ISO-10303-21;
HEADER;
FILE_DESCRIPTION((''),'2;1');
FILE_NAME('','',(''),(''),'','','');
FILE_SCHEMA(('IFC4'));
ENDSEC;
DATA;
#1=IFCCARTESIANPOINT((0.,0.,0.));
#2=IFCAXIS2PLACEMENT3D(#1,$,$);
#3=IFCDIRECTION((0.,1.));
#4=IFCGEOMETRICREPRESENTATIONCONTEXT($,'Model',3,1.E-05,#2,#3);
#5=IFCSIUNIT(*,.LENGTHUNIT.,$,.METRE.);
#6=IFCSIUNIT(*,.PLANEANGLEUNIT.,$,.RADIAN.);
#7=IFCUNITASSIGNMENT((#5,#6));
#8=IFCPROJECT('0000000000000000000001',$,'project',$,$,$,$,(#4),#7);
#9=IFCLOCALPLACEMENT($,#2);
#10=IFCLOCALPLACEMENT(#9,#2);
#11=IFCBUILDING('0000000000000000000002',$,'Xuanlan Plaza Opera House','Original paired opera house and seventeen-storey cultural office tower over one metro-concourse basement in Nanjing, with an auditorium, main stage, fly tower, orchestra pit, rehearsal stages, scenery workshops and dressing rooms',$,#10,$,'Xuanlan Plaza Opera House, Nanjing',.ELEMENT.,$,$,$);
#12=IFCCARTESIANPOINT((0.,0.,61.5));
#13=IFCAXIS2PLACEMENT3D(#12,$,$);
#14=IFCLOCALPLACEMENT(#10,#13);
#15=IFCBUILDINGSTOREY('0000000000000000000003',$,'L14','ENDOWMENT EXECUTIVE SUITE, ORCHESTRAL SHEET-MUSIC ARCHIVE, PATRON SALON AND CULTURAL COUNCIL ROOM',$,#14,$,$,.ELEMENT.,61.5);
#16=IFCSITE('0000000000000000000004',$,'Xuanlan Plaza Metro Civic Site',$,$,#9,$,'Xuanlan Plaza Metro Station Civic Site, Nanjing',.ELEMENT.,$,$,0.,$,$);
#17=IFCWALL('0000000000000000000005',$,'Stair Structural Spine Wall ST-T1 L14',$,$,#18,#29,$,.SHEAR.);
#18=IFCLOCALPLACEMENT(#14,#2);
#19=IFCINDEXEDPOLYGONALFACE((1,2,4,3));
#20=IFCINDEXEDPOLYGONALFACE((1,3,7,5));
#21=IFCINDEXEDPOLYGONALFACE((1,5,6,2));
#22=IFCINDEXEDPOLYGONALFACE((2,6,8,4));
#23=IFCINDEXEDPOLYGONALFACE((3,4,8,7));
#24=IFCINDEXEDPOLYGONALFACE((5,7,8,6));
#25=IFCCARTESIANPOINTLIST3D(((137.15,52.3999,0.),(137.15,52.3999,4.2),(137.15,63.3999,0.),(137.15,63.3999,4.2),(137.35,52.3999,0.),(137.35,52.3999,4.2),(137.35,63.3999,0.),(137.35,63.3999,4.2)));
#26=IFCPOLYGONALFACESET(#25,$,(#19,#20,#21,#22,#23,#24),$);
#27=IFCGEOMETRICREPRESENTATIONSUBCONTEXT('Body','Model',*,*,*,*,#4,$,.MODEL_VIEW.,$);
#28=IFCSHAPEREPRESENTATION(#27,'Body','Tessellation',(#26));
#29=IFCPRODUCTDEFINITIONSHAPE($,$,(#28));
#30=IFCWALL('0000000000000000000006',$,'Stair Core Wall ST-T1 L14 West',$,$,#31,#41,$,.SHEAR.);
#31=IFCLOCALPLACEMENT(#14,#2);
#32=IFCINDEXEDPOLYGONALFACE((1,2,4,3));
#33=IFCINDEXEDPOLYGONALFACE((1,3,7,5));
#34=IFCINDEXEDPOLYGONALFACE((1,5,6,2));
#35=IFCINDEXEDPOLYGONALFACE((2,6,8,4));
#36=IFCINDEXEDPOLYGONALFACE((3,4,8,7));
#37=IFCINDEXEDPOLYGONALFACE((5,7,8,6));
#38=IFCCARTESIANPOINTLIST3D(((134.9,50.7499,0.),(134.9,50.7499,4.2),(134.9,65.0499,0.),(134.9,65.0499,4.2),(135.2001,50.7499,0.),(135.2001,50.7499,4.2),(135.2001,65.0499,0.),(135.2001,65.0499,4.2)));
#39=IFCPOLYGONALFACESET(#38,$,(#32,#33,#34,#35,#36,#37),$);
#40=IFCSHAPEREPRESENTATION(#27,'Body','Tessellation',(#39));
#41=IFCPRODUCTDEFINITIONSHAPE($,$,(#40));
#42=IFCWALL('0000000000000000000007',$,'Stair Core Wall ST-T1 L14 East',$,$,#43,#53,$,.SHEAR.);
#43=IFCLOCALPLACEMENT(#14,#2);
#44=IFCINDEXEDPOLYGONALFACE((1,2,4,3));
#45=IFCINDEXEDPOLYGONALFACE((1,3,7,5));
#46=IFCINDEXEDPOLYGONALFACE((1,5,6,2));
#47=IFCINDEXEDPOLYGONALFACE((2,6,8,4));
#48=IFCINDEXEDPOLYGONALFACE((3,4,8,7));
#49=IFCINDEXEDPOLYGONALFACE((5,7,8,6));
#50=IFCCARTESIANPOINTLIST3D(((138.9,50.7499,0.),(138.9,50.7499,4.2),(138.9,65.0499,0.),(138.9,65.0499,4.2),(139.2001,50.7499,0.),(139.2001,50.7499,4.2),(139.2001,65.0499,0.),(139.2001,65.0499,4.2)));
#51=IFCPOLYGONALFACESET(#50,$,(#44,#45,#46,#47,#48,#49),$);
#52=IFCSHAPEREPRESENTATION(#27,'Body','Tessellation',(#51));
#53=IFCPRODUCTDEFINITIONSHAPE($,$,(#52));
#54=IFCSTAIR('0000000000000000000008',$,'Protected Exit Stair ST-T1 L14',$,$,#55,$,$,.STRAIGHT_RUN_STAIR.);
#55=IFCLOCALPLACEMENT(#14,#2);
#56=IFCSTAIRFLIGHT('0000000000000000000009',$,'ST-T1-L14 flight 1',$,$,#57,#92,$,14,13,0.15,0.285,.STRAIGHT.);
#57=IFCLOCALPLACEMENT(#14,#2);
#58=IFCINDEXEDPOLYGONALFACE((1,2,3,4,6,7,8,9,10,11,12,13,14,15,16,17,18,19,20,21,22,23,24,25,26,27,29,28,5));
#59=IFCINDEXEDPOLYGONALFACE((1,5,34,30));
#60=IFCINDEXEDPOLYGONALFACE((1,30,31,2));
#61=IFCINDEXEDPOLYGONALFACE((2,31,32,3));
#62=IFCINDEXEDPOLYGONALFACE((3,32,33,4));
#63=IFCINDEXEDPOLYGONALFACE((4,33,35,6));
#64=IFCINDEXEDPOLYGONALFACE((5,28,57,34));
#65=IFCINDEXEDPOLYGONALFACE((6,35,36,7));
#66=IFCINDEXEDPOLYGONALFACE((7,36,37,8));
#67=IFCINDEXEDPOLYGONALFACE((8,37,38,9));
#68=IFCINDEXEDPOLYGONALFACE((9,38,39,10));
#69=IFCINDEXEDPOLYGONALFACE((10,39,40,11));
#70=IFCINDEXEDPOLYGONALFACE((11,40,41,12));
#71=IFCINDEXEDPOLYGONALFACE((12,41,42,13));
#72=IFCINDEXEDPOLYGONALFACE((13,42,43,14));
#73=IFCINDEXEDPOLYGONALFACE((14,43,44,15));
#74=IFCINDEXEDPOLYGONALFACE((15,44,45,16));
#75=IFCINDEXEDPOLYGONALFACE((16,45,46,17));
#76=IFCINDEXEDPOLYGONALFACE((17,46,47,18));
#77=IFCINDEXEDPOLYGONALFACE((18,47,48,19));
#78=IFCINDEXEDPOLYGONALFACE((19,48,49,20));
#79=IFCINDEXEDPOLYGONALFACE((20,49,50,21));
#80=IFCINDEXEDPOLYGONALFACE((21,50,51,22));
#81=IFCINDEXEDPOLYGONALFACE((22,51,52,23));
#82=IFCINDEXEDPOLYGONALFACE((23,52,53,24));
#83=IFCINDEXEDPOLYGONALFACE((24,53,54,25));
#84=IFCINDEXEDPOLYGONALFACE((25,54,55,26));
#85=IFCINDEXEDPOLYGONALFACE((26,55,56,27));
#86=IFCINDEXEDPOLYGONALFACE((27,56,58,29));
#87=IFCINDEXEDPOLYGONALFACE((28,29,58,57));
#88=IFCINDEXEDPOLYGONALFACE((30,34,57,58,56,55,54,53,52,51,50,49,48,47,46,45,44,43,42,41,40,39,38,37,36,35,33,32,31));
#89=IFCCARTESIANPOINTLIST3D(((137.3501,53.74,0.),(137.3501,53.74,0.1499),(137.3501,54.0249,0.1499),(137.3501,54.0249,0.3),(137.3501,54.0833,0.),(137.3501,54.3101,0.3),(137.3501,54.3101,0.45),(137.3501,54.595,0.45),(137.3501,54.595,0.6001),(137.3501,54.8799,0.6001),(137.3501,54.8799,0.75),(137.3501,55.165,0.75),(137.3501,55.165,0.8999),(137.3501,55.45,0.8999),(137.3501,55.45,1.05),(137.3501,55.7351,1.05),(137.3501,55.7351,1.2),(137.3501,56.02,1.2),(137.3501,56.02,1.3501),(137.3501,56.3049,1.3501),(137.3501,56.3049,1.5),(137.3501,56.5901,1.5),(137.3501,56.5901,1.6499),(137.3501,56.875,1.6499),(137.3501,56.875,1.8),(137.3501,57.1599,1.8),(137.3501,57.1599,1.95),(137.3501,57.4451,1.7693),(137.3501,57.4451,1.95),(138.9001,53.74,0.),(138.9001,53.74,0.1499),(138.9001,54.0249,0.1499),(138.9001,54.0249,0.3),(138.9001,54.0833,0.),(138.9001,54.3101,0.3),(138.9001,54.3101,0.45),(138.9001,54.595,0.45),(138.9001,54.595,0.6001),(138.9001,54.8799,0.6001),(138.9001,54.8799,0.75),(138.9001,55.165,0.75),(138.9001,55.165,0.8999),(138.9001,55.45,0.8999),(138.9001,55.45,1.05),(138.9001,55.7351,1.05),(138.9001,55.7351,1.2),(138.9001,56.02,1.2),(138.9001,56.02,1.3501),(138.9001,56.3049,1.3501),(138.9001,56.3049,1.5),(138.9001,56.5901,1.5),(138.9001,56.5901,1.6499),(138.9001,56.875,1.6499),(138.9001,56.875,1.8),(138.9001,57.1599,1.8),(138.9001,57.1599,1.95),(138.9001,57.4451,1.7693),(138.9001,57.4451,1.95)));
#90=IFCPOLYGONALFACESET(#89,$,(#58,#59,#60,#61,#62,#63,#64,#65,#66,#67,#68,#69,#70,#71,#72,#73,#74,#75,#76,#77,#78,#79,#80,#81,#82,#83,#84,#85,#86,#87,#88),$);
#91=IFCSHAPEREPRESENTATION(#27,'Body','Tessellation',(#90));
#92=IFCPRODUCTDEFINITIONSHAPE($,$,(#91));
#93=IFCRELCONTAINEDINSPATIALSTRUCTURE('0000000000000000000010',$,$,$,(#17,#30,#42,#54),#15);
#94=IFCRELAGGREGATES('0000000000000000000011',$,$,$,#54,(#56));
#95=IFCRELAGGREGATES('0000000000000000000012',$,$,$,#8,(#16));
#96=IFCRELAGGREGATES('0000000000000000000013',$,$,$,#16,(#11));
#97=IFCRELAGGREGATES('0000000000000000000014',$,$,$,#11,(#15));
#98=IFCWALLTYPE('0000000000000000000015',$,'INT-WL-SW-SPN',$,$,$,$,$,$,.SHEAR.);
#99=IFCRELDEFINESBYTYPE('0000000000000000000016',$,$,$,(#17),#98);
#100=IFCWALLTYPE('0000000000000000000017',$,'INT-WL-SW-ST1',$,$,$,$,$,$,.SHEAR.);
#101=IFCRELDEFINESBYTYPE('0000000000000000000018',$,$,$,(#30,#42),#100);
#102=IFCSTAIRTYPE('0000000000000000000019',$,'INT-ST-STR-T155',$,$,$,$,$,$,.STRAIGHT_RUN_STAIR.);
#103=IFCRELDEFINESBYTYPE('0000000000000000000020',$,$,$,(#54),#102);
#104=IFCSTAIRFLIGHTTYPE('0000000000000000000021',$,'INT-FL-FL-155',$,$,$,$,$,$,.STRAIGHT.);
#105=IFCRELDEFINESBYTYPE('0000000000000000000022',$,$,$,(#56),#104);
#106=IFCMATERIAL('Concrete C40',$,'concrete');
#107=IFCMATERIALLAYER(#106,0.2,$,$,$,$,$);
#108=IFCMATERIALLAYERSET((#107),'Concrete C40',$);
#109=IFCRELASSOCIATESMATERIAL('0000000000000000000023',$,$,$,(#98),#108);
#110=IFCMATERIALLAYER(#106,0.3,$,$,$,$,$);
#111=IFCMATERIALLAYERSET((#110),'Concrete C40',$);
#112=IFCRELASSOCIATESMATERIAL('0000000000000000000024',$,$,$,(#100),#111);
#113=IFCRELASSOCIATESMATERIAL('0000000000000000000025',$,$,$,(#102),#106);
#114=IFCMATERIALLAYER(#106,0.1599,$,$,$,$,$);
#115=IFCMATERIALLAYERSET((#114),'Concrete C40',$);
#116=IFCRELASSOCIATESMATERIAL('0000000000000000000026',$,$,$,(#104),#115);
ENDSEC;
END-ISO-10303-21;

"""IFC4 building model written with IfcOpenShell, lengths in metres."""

from ifc_helpers import new_model, si_unit, direction, frame, frame_2d, origin, place, context, subcontext, project, spatial, polyline, rectangle, outline, extrude, material, layer, layer_set, type_object, element, aggregate, save


model = new_model("IFC4")

# Units and contexts
model_context = context("Model", 3, precision=1e-05, world=origin(), true_north=direction((0.0, 1.0)))
body_context = subcontext(model_context, "Body", "Model", "MODEL_VIEW")
ifc_project = project(units=[si_unit("LENGTHUNIT", "METRE"), si_unit("PLANEANGLEUNIT", "RADIAN")], contexts=[model_context])

# Site, building, storey
site_placement = place(None, origin())
site = spatial("IfcSite", under=ifc_project, at=site_placement, Name="Xuanlan Plaza Metro Civic Site", LongName="Xuanlan Plaza Metro Station Civic Site, Nanjing", CompositionType="ELEMENT", RefElevation=0.0)
building_placement = place(site_placement, origin())
building = spatial("IfcBuilding", under=site, at=building_placement, Name="Xuanlan Plaza Opera House", Description="Original paired opera house and seventeen-storey cultural office tower over one metro-concourse basement in Nanjing, with an auditorium, main stage, fly tower, orchestra pit, rehearsal stages, scenery workshops and dressing rooms", LongName="Xuanlan Plaza Opera House, Nanjing", CompositionType="ELEMENT")
storey_placement = place(building_placement, frame((0.0, 0.0, 61.5)))
storey = spatial("IfcBuildingStorey", under=building, at=storey_placement, Name="L14", Description="ENDOWMENT EXECUTIVE SUITE, ORCHESTRAL SHEET-MUSIC ARCHIVE, PATRON SALON AND CULTURAL COUNCIL ROOM", CompositionType="ELEMENT", Elevation=61.5)

# Shared definitions
ifc_material_1 = material(Name="Concrete C40", Category="concrete")

# Wall
ifc_layer_1 = layer(ifc_material_1, 0.2)
ifc_layer_set_1 = layer_set([ifc_layer_1], Name="Concrete C40")
wall_type_1 = type_object("IfcWallType", Name="INT-WL-SW-SPN", PredefinedType="SHEAR", material=ifc_layer_set_1)
wall_1_placement = place(storey_placement, frame((137.25, 52.3999, 0.0), z_axis=(0.0, 0.0, 1.0), x_axis=(0.0, 1.0, 0.0)))
element("IfcWall", 1, at=wall_1_placement, inside=storey, type_object=wall_type_1, Name="Stair Structural Spine Wall ST-T1 L14", PredefinedType="SHEAR", context=body_context, shape_type="SweptSolid", body=[
    extrude(rectangle(XDim=11.0, YDim=0.2, at=frame_2d((5.5, 0.0))), origin(), (0.0, 0.0, 1.0), 4.2),
])

# Shared definitions
ifc_layer_2 = layer(ifc_material_1, 0.3)
ifc_layer_set_2 = layer_set([ifc_layer_2], Name="Concrete C40")
wall_type_2 = type_object("IfcWallType", Name="INT-WL-SW-ST1", PredefinedType="SHEAR", material=ifc_layer_set_2)

# Walls
for number, where, z_axis, x_axis, name in (
    (2, (135.05, 50.75, 0.0), (0.0, 0.0, 1.0), (0.0, 1.0, 0.0), "Stair Core Wall ST-T1 L14 West"),
    (3, (139.05, 50.75, 0.0), (0.0, 0.0, 1.0), (0.0, 1.0, 0.0), "Stair Core Wall ST-T1 L14 East"),
):
    element("IfcWall", number, at=place(storey_placement, frame(where, z_axis=z_axis, x_axis=x_axis)), inside=storey, type_object=wall_type_2, Name=name, PredefinedType="SHEAR", context=body_context, shape_type="SweptSolid", body=[
        extrude(rectangle(XDim=14.3, YDim=0.3, at=frame_2d((7.1499, 0.0))), origin(), (0.0, 0.0, 1.0), 4.2),
    ])

# Stair, stair flight
stair_type = type_object("IfcStairType", Name="INT-ST-STR-T155", PredefinedType="STRAIGHT_RUN_STAIR", material=ifc_material_1)
stair_placement = place(storey_placement, origin())
stair = element("IfcStair", 4, at=stair_placement, inside=storey, type_object=stair_type, Name="Protected Exit Stair ST-T1 L14", PredefinedType="STRAIGHT_RUN_STAIR")
ifc_layer_3 = layer(ifc_material_1, 0.1599)
ifc_layer_set_3 = layer_set([ifc_layer_3], Name="Concrete C40")
stair_flight_type = type_object("IfcStairFlightType", Name="INT-FL-FL-155", PredefinedType="STRAIGHT", material=ifc_layer_set_3)
stair_flight_placement = place(storey_placement, frame((138.125, 53.74, 0.0), z_axis=(0.0, 0.0, 1.0), x_axis=(0.0, 1.0, 0.0)))
stair_flight = element("IfcStairFlight", 5, at=stair_flight_placement, type_object=stair_flight_type, Name="ST-T1-L14 flight 1", NumberOfRisers=14, NumberOfTreads=13, PredefinedType="STRAIGHT", RiserHeight=0.15, TreadLength=0.285, context=body_context, shape_type="SweptSolid", body=[
    extrude(outline(polyline([(0.0, 0.0), (0.0, 0.1499), (0.2849, 0.1499), (0.2849, 0.3), (0.5701, 0.3), (0.5701, 0.45), (0.855, 0.45), (0.855, 0.6001), (1.1399, 0.6001), (1.1399, 0.75), (1.425, 0.75), (1.425, 0.8999), (1.71, 0.8999), (1.71, 1.05), (1.9951, 1.05), (1.9951, 1.2), (2.28, 1.2), (2.28, 1.3501), (2.5649, 1.3501), (2.5649, 1.5), (2.8501, 1.5), (2.8501, 1.6499), (3.135, 1.6499), (3.135, 1.8), (3.4199, 1.8), (3.4199, 1.95), (3.7051, 1.95), (3.7051, 2.1001), (3.7051, 1.7693), (0.3433, 0.0), (0.0, 0.0)])), frame((0.0, 0.7749, 0.0), z_axis=(0.0, -1.0, 0.0), x_axis=(1.0, 0.0, 0.0)), (0.0, 0.0, 1.0), 1.55),
])
aggregate(stair, [stair_flight])

save(model, "model.ifc")
